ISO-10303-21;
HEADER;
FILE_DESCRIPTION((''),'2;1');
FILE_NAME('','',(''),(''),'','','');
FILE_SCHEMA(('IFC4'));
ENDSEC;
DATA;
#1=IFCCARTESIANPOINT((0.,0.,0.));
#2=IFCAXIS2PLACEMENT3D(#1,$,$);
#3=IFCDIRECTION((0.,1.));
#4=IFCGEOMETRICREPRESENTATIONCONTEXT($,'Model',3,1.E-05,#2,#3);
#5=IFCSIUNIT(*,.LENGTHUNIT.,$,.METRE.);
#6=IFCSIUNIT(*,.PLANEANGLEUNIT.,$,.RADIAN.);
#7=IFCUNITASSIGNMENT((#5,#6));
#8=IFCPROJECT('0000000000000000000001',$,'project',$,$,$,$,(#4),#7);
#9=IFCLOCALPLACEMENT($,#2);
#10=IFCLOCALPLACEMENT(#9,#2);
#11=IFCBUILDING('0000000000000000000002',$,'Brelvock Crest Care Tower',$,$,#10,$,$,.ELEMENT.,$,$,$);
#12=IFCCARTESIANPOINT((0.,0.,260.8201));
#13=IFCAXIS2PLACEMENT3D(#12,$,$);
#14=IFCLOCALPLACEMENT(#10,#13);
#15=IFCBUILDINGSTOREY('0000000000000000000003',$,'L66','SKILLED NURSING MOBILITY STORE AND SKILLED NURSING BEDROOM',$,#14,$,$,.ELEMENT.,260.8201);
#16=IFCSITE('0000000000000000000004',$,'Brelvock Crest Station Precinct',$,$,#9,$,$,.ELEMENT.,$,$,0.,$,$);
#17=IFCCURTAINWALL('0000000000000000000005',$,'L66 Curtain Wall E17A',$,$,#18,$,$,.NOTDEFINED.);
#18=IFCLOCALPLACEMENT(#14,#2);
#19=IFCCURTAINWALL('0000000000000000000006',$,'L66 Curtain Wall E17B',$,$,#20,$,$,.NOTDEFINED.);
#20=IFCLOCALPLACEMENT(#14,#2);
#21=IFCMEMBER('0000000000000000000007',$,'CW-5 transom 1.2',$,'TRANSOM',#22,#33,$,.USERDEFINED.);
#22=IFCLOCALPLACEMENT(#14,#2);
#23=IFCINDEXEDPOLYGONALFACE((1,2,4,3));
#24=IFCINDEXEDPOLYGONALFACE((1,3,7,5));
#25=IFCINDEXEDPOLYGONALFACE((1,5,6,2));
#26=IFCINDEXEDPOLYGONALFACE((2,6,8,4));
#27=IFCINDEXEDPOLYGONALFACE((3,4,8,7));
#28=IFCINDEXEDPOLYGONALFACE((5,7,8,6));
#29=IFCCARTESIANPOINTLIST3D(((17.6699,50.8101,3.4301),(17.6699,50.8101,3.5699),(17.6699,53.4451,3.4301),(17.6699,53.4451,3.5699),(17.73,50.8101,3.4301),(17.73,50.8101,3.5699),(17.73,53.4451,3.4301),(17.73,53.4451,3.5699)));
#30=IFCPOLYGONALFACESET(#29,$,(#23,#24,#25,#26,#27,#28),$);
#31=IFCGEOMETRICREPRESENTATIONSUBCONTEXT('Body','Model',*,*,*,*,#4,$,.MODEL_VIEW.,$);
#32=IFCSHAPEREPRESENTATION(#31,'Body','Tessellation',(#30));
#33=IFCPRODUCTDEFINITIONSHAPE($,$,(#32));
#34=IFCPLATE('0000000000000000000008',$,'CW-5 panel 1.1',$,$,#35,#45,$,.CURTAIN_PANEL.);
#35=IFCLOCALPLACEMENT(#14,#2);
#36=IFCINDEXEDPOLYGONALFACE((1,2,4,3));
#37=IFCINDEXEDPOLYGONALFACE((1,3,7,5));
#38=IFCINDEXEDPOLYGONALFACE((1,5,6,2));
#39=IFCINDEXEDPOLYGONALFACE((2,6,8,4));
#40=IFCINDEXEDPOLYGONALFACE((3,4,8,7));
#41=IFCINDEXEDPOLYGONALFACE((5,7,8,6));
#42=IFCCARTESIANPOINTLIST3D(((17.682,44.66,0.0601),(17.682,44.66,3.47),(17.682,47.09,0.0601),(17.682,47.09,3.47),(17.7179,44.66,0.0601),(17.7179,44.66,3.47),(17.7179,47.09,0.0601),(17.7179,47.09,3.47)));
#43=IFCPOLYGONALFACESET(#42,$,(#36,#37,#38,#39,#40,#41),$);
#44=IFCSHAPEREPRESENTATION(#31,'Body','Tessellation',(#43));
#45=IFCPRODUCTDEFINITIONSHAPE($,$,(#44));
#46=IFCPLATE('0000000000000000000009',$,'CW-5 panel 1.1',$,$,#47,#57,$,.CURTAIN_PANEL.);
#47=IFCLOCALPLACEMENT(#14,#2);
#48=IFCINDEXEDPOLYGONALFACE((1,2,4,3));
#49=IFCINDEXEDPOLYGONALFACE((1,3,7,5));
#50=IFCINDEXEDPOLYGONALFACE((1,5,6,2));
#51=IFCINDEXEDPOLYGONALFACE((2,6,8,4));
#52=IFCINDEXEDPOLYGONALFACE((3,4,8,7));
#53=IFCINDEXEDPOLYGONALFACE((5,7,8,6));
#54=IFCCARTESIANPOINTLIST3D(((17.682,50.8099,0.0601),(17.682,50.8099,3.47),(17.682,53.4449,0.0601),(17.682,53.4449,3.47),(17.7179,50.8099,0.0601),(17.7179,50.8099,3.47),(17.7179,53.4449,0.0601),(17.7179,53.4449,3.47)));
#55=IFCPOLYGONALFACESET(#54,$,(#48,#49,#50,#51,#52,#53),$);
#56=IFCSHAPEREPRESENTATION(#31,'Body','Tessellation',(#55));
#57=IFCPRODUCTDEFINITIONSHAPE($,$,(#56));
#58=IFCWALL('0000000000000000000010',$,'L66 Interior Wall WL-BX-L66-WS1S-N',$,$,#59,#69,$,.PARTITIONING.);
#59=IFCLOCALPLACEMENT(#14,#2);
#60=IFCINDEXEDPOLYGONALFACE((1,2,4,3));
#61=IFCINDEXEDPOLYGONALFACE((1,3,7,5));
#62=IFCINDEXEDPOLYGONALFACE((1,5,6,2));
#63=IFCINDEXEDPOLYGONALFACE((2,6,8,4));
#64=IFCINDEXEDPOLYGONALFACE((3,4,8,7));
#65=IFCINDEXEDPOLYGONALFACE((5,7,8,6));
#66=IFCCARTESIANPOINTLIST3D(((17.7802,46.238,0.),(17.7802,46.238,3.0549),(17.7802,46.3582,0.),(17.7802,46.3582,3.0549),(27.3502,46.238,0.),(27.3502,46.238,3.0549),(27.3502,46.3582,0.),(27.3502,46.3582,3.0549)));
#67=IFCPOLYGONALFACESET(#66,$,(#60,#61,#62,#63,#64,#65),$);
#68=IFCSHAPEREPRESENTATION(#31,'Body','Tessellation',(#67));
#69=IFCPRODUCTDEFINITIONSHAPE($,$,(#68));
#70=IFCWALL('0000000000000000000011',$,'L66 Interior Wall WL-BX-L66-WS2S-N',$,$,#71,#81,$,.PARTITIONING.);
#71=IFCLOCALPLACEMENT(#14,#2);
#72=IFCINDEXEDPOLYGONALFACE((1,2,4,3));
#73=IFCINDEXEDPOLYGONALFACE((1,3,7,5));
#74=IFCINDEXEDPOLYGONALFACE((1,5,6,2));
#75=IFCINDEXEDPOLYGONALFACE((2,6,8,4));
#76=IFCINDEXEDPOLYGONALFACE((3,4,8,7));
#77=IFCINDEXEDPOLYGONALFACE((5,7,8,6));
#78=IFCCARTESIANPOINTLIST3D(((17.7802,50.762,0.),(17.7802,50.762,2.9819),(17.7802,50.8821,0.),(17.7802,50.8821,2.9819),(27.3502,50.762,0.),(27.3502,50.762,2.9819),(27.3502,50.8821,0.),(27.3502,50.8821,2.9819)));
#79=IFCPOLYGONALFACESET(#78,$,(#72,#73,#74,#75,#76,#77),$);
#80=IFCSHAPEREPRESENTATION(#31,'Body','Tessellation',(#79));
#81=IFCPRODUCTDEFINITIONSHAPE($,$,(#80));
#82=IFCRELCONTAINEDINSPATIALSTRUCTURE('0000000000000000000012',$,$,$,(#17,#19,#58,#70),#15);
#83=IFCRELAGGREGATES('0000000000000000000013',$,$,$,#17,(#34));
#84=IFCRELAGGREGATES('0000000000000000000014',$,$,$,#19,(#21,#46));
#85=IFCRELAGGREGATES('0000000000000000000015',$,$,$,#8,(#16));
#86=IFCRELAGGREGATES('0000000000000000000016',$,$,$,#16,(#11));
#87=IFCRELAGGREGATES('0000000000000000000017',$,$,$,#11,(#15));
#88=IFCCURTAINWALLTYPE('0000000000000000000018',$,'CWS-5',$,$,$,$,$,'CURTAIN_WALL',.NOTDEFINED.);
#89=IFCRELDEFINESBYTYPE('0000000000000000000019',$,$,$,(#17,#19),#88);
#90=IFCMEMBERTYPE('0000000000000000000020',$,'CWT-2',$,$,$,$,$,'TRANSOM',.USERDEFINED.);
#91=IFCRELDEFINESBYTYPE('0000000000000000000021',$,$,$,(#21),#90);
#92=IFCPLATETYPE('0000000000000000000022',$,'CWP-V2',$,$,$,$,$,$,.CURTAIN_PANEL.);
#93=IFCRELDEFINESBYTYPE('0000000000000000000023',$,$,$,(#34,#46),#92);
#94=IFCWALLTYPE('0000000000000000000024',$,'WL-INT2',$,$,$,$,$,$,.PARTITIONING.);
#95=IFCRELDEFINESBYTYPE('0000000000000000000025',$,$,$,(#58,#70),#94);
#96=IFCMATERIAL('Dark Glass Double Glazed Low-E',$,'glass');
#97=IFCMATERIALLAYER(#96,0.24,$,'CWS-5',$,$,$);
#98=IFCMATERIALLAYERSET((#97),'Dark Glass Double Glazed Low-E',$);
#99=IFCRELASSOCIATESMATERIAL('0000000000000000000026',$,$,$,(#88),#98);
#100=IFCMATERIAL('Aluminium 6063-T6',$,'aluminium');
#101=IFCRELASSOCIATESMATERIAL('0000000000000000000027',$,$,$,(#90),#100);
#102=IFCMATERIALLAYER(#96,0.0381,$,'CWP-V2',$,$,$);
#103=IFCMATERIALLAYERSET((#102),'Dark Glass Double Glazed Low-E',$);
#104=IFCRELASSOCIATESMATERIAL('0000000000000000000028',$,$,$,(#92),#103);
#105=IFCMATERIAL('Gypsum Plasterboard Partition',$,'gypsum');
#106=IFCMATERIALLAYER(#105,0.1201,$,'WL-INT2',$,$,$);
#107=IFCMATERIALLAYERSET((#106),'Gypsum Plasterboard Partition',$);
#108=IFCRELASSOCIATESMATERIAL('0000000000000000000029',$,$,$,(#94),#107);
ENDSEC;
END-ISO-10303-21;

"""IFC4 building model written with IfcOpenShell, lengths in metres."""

from ifc_helpers import new_model, si_unit, direction, frame, frame_2d, origin, origin_2d, place, context, subcontext, project, spatial, rectangle, extrude, source, transform, mapped, material, layer, layer_set, material_profile, profile_set, type_object, element, aggregate, save


model = new_model("IFC4")

# Units and contexts
model_context = context("Model", 3, precision=1e-05, world=origin(), true_north=direction((0.0, 1.0)))
body_context = subcontext(model_context, "Body", "Model", "MODEL_VIEW")
ifc_project = project(units=[si_unit("LENGTHUNIT", "METRE"), si_unit("PLANEANGLEUNIT", "RADIAN")], contexts=[model_context])

# Site, building, storey
site_placement = place(None, origin())
site = spatial("IfcSite", under=ifc_project, at=site_placement, Name="Brelvock Crest Station Precinct", CompositionType="ELEMENT", RefElevation=0.0)
building_placement = place(site_placement, origin())
building = spatial("IfcBuilding", under=site, at=building_placement, Name="Brelvock Crest Care Tower", CompositionType="ELEMENT")
storey_placement = place(building_placement, frame((0.0, 0.0, 260.8201)))
storey = spatial("IfcBuildingStorey", under=building, at=storey_placement, Name="L66", Description="SKILLED NURSING MOBILITY STORE AND SKILLED NURSING BEDROOM", CompositionType="ELEMENT", Elevation=260.8201)

# Curtain wall
ifc_material_1 = material(Name="Dark Glass Double Glazed Low-E", Category="glass")
ifc_layer_1 = layer(ifc_material_1, 0.24, Name="CWS-5")
ifc_layer_set_1 = layer_set([ifc_layer_1], Name="Dark Glass Double Glazed Low-E")
curtain_wall_type = type_object("IfcCurtainWallType", Name="CWS-5", ElementType="CURTAIN_WALL", PredefinedType="NOTDEFINED", material=ifc_layer_set_1)
curtain_wall_1_placement = place(storey_placement, origin())
curtain_wall_1 = element("IfcCurtainWall", 1, at=curtain_wall_1_placement, inside=storey, type_object=curtain_wall_type, Name="L66 Curtain Wall E17A", PredefinedType="NOTDEFINED")
ifc_material_2 = material(Name="Aluminium 6063-T6", Category="aluminium")

# Curtain wall
curtain_wall_2_placement = place(storey_placement, origin())
curtain_wall_2 = element("IfcCurtainWall", 2, at=curtain_wall_2_placement, inside=storey, type_object=curtain_wall_type, Name="L66 Curtain Wall E17B", PredefinedType="NOTDEFINED")

# Member
ifc_material_profile_1 = material_profile(ifc_material_2, rectangle(XDim=0.0601, YDim=0.1399, at=origin_2d()), Name="ALU60x140")
ifc_profile_set_1 = profile_set([ifc_material_profile_1], Name="Aluminium 6063-T6")
member_type_1 = type_object("IfcMemberType", Name="CWT-2", ElementType="TRANSOM", PredefinedType="USERDEFINED", material=ifc_profile_set_1)
shared_shape_1 = source(origin(), body_context, "Body", "SweptSolid", [
    extrude(rectangle(XDim=0.0601, YDim=0.1399, at=origin_2d()), origin(), (0.0, 0.0, 1.0), 2.635),
])
member_1_placement = place(storey_placement, frame((17.7, 50.8101, 3.5), z_axis=(0.0, 1.0, 0.0), x_axis=(-1.0, 0.0, 0.0)))
member_1 = element("IfcMember", 3, at=member_1_placement, type_object=member_type_1, Name="CW-5 transom 1.2", ObjectType="TRANSOM", PredefinedType="USERDEFINED", context=body_context, shape_type="MappedRepresentation", body=[
    mapped(shared_shape_1, transform((0.0, 0.0, 0.0), x_axis=(1.0, 0.0, 0.0), y_axis=(0.0, 1.0, 0.0), z_axis=(0.0, 0.0, 1.0), scale=1.0)),
])

# Plates
ifc_layer_2 = layer(ifc_material_1, 0.0381, Name="CWP-V2")
ifc_layer_set_2 = layer_set([ifc_layer_2], Name="Dark Glass Double Glazed Low-E")
plate_type = type_object("IfcPlateType", Name="CWP-V2", PredefinedType="CURTAIN_PANEL", material=ifc_layer_set_2)
shared_shape_2 = source(origin(), body_context, "Body", "SweptSolid", [
    extrude(rectangle(XDim=2.4299, YDim=0.0359, at=origin_2d()), origin(), (0.0, 0.0, 1.0), 3.4099),
])
plate_1_placement = place(storey_placement, frame((17.7, 45.875, 0.0601), z_axis=(0.0, 0.0, 1.0), x_axis=(0.0, 1.0, 0.0)))
plate_1 = element("IfcPlate", 4, at=plate_1_placement, type_object=plate_type, Name="CW-5 panel 1.1", PredefinedType="CURTAIN_PANEL", context=body_context, shape_type="MappedRepresentation", body=[
    mapped(shared_shape_2, transform((0.0, 0.0, 0.0), x_axis=(1.0, 0.0, 0.0), y_axis=(0.0, 1.0, 0.0), z_axis=(0.0, 0.0, 1.0), scale=1.0)),
])
aggregate(curtain_wall_1, [plate_1])
shared_shape_3 = source(origin(), body_context, "Body", "SweptSolid", [
    extrude(rectangle(XDim=2.635, YDim=0.0359, at=origin_2d()), origin(), (0.0, 0.0, 1.0), 3.4099),
])
plate_2_placement = place(storey_placement, frame((17.7, 52.1274, 0.0601), z_axis=(0.0, 0.0, 1.0), x_axis=(0.0, 1.0, 0.0)))
plate_2 = element("IfcPlate", 5, at=plate_2_placement, type_object=plate_type, Name="CW-5 panel 1.1", PredefinedType="CURTAIN_PANEL", context=body_context, shape_type="MappedRepresentation", body=[
    mapped(shared_shape_3, transform((0.0, 0.0, 0.0), x_axis=(1.0, 0.0, 0.0), y_axis=(0.0, 1.0, 0.0), z_axis=(0.0, 0.0, 1.0), scale=1.0)),
])
aggregate(curtain_wall_2, [member_1, plate_2])

# Walls
ifc_material_3 = material(Name="Gypsum Plasterboard Partition", Category="gypsum")
ifc_layer_3 = layer(ifc_material_3, 0.1201, Name="WL-INT2")
ifc_layer_set_3 = layer_set([ifc_layer_3], Name="Gypsum Plasterboard Partition")
wall_type_1 = type_object("IfcWallType", Name="WL-INT2", PredefinedType="PARTITIONING", material=ifc_layer_set_3)
wall_1_placement = place(storey_placement, frame((17.78, 46.2981, 0.0), z_axis=(0.0, 0.0, 1.0), x_axis=(1.0, 0.0, 0.0)))
element("IfcWall", 6, at=wall_1_placement, inside=storey, type_object=wall_type_1, Name="L66 Interior Wall WL-BX-L66-WS1S-N", PredefinedType="PARTITIONING", context=body_context, shape_type="SweptSolid", body=[
    extrude(rectangle(XDim=9.5701, YDim=0.1201, at=frame_2d((4.7852, 0.0))), origin(), (0.0, 0.0, 1.0), 3.0549),
])
wall_2_placement = place(storey_placement, frame((17.78, 50.822, 0.0), z_axis=(0.0, 0.0, 1.0), x_axis=(1.0, 0.0, 0.0)))
element("IfcWall", 7, at=wall_2_placement, inside=storey, type_object=wall_type_1, Name="L66 Interior Wall WL-BX-L66-WS2S-N", PredefinedType="PARTITIONING", context=body_context, shape_type="SweptSolid", body=[
    extrude(rectangle(XDim=9.5701, YDim=0.1201, at=frame_2d((4.7852, 0.0))), origin(), (0.0, 0.0, 1.0), 2.9819),
])

save(model, "model.ifc")
